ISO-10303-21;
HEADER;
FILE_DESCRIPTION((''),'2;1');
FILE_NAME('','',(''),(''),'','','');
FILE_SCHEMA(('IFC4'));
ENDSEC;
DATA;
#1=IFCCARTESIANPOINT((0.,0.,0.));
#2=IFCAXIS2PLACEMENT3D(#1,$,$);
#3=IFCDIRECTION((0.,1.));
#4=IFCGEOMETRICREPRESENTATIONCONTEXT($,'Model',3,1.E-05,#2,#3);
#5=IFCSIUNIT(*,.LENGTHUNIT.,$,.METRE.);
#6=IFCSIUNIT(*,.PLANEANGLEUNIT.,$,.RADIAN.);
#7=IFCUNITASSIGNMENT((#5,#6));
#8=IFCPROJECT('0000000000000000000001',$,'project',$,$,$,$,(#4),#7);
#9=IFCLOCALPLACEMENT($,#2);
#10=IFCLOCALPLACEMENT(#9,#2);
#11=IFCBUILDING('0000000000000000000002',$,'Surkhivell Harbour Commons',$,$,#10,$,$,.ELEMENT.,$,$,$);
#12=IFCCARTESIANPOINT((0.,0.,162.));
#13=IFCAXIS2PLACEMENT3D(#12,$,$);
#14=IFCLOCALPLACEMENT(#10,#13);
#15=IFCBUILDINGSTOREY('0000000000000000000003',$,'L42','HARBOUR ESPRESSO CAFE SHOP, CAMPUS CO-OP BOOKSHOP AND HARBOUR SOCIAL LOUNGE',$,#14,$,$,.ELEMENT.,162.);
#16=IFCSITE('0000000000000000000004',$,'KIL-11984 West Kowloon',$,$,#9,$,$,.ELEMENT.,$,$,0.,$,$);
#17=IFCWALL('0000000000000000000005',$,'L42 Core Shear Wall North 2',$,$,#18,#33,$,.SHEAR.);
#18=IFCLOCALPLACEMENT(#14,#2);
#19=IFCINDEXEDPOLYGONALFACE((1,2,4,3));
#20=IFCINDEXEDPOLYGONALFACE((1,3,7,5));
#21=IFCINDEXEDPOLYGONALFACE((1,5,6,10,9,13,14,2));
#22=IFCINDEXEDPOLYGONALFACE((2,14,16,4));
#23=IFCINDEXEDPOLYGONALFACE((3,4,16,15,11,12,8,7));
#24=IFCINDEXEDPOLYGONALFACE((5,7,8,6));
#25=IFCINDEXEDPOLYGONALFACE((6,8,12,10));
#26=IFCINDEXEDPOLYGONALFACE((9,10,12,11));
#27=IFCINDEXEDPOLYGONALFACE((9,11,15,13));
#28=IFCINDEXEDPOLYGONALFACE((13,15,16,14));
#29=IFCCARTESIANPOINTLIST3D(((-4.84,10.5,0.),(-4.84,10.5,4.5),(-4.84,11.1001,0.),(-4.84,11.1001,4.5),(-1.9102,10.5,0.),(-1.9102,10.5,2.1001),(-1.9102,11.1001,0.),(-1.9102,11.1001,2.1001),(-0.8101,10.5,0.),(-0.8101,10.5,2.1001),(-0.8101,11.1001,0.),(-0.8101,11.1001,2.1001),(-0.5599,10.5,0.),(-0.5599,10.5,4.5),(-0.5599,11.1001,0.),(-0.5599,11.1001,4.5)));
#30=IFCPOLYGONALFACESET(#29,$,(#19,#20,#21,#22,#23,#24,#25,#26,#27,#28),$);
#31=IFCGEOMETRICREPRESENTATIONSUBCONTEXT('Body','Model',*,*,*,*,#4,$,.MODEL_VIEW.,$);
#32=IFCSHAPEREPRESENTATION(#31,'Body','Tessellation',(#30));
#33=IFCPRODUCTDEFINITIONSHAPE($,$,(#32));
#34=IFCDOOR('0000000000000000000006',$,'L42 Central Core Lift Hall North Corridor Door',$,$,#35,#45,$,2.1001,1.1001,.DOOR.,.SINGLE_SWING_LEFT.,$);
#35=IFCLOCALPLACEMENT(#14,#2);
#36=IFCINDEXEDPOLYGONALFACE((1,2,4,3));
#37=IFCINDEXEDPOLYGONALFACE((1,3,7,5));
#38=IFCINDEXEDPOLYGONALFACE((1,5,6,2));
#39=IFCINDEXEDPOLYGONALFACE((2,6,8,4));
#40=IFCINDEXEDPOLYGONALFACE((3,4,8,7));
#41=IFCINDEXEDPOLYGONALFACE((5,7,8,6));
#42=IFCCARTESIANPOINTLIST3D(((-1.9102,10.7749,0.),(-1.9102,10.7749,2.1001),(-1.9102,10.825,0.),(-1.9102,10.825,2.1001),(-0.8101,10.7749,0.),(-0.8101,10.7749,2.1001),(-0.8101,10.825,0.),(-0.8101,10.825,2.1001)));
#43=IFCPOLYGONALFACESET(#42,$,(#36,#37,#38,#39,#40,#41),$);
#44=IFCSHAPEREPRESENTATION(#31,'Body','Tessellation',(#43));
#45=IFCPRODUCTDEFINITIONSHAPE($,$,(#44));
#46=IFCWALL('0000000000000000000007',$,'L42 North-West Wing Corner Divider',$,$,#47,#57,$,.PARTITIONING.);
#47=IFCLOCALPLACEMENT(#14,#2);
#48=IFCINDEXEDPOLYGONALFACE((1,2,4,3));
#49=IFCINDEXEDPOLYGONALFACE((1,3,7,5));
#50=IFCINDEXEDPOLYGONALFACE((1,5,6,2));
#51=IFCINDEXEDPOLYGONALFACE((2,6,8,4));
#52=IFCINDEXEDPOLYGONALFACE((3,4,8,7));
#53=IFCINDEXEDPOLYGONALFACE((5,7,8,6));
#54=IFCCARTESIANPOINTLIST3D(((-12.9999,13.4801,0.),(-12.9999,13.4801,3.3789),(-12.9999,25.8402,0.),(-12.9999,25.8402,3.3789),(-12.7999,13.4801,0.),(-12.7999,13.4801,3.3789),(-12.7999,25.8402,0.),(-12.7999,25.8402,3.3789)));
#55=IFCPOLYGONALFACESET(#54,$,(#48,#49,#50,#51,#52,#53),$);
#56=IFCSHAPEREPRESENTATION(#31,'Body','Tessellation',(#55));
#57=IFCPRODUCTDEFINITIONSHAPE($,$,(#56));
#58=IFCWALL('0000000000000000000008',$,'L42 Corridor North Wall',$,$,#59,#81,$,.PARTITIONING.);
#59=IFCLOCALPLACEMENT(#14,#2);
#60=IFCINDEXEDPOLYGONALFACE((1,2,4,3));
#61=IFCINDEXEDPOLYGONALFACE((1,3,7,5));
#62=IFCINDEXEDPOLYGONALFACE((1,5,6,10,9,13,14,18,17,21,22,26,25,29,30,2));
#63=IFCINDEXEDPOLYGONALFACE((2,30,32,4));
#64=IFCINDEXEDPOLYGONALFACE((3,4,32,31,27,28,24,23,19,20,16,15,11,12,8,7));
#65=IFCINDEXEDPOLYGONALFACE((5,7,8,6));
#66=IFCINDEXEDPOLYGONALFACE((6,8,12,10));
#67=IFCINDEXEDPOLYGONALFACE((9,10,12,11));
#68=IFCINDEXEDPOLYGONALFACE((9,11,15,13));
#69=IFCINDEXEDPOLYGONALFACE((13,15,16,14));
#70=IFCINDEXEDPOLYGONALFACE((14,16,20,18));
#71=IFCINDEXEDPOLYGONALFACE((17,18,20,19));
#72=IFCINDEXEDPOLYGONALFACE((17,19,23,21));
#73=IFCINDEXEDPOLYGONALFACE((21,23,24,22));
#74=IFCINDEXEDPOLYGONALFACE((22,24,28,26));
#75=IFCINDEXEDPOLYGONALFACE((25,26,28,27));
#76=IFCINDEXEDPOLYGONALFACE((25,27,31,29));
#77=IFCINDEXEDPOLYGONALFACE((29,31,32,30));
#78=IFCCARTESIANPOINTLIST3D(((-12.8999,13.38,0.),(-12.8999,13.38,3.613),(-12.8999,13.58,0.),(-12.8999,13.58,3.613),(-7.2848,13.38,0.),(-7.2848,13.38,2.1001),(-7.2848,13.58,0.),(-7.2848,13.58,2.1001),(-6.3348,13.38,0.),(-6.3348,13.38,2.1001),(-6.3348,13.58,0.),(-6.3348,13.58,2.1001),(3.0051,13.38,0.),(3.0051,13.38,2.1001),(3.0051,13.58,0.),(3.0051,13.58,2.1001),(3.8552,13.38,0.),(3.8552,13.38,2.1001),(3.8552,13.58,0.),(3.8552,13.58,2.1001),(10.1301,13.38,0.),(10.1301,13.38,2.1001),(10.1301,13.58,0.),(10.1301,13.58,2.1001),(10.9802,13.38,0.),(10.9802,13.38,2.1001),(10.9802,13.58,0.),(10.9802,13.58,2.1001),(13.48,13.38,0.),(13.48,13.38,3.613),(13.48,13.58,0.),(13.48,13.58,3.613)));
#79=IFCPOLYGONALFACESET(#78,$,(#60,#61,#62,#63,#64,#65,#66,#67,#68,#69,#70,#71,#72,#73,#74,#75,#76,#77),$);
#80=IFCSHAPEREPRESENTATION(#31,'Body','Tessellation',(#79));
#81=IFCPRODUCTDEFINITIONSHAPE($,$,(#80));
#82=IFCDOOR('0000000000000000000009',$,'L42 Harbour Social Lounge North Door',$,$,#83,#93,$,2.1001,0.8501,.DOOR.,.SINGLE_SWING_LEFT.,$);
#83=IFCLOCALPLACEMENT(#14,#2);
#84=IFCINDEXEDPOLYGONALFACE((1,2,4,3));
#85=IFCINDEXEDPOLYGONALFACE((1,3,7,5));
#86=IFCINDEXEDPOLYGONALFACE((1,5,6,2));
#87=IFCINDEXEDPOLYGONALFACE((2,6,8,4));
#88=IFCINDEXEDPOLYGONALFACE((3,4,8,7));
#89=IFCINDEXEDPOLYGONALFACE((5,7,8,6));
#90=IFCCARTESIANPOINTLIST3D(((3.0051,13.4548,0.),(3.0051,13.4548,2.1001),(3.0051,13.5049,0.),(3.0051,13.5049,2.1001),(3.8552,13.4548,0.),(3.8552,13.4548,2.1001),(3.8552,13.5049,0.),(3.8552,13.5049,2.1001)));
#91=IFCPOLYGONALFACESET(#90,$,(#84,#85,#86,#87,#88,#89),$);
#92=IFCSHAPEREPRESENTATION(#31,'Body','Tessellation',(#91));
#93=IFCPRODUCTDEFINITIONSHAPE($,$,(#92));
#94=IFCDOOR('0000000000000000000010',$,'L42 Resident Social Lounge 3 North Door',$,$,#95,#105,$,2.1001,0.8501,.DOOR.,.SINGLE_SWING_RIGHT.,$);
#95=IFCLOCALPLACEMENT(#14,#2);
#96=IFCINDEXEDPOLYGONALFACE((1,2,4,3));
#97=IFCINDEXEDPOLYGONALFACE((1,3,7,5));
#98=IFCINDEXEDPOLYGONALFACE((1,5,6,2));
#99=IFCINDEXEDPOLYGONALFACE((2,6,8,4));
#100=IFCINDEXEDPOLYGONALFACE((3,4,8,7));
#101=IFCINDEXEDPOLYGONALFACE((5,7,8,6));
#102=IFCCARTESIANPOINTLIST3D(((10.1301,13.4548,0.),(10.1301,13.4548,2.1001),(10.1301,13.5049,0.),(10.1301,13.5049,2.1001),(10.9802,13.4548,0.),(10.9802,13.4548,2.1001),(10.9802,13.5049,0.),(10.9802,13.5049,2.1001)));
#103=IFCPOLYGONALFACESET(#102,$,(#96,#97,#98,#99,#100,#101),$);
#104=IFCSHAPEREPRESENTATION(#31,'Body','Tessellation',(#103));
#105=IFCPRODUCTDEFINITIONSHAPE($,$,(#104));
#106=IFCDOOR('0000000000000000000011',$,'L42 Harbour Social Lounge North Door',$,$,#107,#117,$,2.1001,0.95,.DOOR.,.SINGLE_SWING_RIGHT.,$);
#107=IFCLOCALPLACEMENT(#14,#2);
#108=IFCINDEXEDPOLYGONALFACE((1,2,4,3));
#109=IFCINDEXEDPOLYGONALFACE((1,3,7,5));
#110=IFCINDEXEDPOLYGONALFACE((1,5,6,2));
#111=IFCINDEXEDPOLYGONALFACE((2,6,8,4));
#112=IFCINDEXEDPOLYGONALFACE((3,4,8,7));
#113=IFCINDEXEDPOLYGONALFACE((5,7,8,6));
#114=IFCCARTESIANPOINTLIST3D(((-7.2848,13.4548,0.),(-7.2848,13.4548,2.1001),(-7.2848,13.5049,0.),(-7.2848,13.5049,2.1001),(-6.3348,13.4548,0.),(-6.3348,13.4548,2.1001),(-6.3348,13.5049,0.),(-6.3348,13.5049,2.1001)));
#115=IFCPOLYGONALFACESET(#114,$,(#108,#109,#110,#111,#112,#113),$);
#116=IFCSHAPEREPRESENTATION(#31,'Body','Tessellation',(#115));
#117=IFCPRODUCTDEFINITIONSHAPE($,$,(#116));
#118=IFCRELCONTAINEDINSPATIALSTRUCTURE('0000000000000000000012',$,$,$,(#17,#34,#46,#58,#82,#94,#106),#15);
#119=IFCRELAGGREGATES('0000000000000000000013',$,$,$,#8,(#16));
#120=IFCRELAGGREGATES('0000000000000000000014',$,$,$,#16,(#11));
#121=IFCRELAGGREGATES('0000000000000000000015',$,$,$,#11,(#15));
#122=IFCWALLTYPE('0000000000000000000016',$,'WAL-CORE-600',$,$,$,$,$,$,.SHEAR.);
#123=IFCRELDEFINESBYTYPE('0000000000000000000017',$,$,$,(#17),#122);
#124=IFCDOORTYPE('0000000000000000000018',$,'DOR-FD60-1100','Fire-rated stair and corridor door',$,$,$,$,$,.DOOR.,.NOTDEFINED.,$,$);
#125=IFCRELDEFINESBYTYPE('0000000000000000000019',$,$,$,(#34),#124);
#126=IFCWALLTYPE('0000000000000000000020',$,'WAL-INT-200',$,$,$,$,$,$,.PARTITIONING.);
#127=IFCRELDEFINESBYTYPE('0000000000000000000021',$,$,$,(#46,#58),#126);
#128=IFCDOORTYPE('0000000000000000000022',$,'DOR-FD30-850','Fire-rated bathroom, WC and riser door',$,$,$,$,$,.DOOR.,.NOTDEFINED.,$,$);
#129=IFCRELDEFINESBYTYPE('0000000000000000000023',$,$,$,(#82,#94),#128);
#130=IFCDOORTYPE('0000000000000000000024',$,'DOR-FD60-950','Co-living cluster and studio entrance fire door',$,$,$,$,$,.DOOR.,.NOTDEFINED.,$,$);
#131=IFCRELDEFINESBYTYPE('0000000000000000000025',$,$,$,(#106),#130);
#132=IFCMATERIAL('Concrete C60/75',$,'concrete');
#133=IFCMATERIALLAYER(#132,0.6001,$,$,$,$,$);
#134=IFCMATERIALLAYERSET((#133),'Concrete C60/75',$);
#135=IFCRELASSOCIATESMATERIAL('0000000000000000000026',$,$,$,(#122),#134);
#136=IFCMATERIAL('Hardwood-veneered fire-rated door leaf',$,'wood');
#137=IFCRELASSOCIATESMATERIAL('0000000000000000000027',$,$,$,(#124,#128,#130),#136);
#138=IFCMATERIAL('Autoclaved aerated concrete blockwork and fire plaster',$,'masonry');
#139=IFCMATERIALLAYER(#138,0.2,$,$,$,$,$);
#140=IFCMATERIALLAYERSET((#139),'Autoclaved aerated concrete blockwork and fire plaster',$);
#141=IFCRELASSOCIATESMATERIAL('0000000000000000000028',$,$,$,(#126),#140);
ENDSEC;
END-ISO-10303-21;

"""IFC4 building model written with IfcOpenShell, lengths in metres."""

from ifc_helpers import new_model, si_unit, direction, frame, frame_2d, origin, place, context, subcontext, project, spatial, rectangle, extrude, material, layer, layer_set, type_object, element, fill, save


model = new_model("IFC4")

# Units and contexts
model_context = context("Model", 3, precision=1e-05, world=origin(), true_north=direction((0.0, 1.0)))
body_context = subcontext(model_context, "Body", "Model", "MODEL_VIEW")
ifc_project = project(units=[si_unit("LENGTHUNIT", "METRE"), si_unit("PLANEANGLEUNIT", "RADIAN")], contexts=[model_context])

# Site, building, storey
site_placement = place(None, origin())
site = spatial("IfcSite", under=ifc_project, at=site_placement, Name="KIL-11984 West Kowloon", CompositionType="ELEMENT", RefElevation=0.0)
building_placement = place(site_placement, origin())
building = spatial("IfcBuilding", under=site, at=building_placement, Name="Surkhivell Harbour Commons", CompositionType="ELEMENT")
storey_placement = place(building_placement, frame((0.0, 0.0, 162.0)))
storey = spatial("IfcBuildingStorey", under=building, at=storey_placement, Name="L42", Description="HARBOUR ESPRESSO CAFE SHOP, CAMPUS CO-OP BOOKSHOP AND HARBOUR SOCIAL LOUNGE", CompositionType="ELEMENT", Elevation=162.0)

# Shared definitions
ifc_material_1 = material(Name="Concrete C60/75", Category="concrete")

# Wall, opening, door
ifc_layer_1 = layer(ifc_material_1, 0.6001)
ifc_layer_set_1 = layer_set([ifc_layer_1], Name="Concrete C60/75")
wall_type_1 = type_object("IfcWallType", Name="WAL-CORE-600", PredefinedType="SHEAR", material=ifc_layer_set_1)
wall_1_placement = place(storey_placement, frame((-4.8401, 10.8, 0.0), z_axis=(0.0, 0.0, 1.0), x_axis=(1.0, 0.0, 0.0)))
wall_1 = element("IfcWall", 1, at=wall_1_placement, inside=storey, type_object=wall_type_1, Name="L42 Core Shear Wall North 2", PredefinedType="SHEAR", context=body_context, shape_type="SweptSolid", body=[
    extrude(rectangle(XDim=4.28, YDim=0.6001, at=frame_2d((2.1401, 0.0))), origin(), (0.0, 0.0, 1.0), 4.5),
])
opening_1_placement = place(wall_1_placement, frame((2.9299, 0.0, 0.0)))
opening_1 = element("IfcOpeningElement", 2, at=opening_1_placement, cuts=wall_1, PredefinedType="OPENING", context=body_context, shape_type="SweptSolid", body=[
    extrude(rectangle(XDim=1.1001, YDim=2.1001, at=frame_2d((0.55, 1.05))), frame((0.0, 0.3101, 0.0), z_axis=(0.0, -1.0, 0.0), x_axis=(1.0, 0.0, 0.0)), (0.0, 0.0, 1.0), 0.6201),
])
ifc_material_2 = material(Name="Hardwood-veneered fire-rated door leaf", Category="wood")
door_type_1 = type_object("IfcDoorType", Name="DOR-FD60-1100", Description="Fire-rated stair and corridor door", OperationType="NOTDEFINED", PredefinedType="DOOR", material=ifc_material_2)
door_1_placement = place(opening_1_placement, origin())
door_1 = element("IfcDoor", 3, at=door_1_placement, inside=storey, type_object=door_type_1, Name="L42 Central Core Lift Hall North Corridor Door", OperationType="SINGLE_SWING_LEFT", OverallHeight=2.1001, OverallWidth=1.1001, PredefinedType="DOOR", context=body_context, shape_type="SweptSolid", body=[
    extrude(rectangle(XDim=1.1001, YDim=2.1001, at=frame_2d((0.55, 1.05))), frame((0.0, 0.0249, 0.0), z_axis=(0.0, -1.0, 0.0), x_axis=(1.0, 0.0, 0.0)), (0.0, 0.0, 1.0), 0.05),
])
fill(opening_1, door_1)

# Wall
ifc_material_3 = material(Name="Autoclaved aerated concrete blockwork and fire plaster", Category="masonry")
ifc_layer_2 = layer(ifc_material_3, 0.2)
ifc_layer_set_2 = layer_set([ifc_layer_2], Name="Autoclaved aerated concrete blockwork and fire plaster")
wall_type_2 = type_object("IfcWallType", Name="WAL-INT-200", PredefinedType="PARTITIONING", material=ifc_layer_set_2)
wall_2_placement = place(storey_placement, frame((-12.8999, 13.48, 0.0), z_axis=(0.0, 0.0, 1.0), x_axis=(0.0, 1.0, 0.0)))
element("IfcWall", 4, at=wall_2_placement, inside=storey, type_object=wall_type_2, Name="L42 North-West Wing Corner Divider", PredefinedType="PARTITIONING", context=body_context, shape_type="SweptSolid", body=[
    extrude(rectangle(XDim=12.3601, YDim=0.2, at=frame_2d((6.1802, 0.0))), origin(), (0.0, 0.0, 1.0), 3.3789),
])

# Wall, openings, doors
wall_3_placement = place(storey_placement, frame((-12.8999, 13.48, 0.0), z_axis=(0.0, 0.0, 1.0), x_axis=(1.0, 0.0, 0.0)))
wall_3 = element("IfcWall", 5, at=wall_3_placement, inside=storey, type_object=wall_type_2, Name="L42 Corridor North Wall", PredefinedType="PARTITIONING", context=body_context, shape_type="SweptSolid", body=[
    extrude(rectangle(XDim=26.3799, YDim=0.2, at=frame_2d((13.1899, 0.0))), origin(), (0.0, 0.0, 1.0), 3.613),
])
opening_2_placement = place(wall_3_placement, frame((5.615, 0.0, 0.0)))
opening_2 = element("IfcOpeningElement", 6, at=opening_2_placement, cuts=wall_3, PredefinedType="OPENING", context=body_context, shape_type="SweptSolid", body=[
    extrude(rectangle(XDim=0.95, YDim=2.1001, at=frame_2d((0.4751, 1.05))), frame((0.0, 0.1099, 0.0), z_axis=(0.0, -1.0, 0.0), x_axis=(1.0, 0.0, 0.0)), (0.0, 0.0, 1.0), 0.22),
])
opening_3_placement = place(wall_3_placement, frame((15.905, 0.0, 0.0)))
opening_3 = element("IfcOpeningElement", 7, at=opening_3_placement, cuts=wall_3, PredefinedType="OPENING", context=body_context, shape_type="SweptSolid", body=[
    extrude(rectangle(XDim=0.8501, YDim=2.1001, at=frame_2d((0.425, 1.05))), frame((0.0, 0.1099, 0.0), z_axis=(0.0, -1.0, 0.0), x_axis=(1.0, 0.0, 0.0)), (0.0, 0.0, 1.0), 0.22),
])
opening_4_placement = place(wall_3_placement, frame((23.03, 0.0, 0.0)))
opening_4 = element("IfcOpeningElement", 8, at=opening_4_placement, cuts=wall_3, PredefinedType="OPENING", context=body_context, shape_type="SweptSolid", body=[
    extrude(rectangle(XDim=0.8501, YDim=2.1001, at=frame_2d((0.425, 1.05))), frame((0.0, 0.1099, 0.0), z_axis=(0.0, -1.0, 0.0), x_axis=(1.0, 0.0, 0.0)), (0.0, 0.0, 1.0), 0.22),
])
door_type_2 = type_object("IfcDoorType", Name="DOR-FD30-850", Description="Fire-rated bathroom, WC and riser door", OperationType="NOTDEFINED", PredefinedType="DOOR", material=ifc_material_2)
door_2_placement = place(opening_3_placement, origin())
door_2 = element("IfcDoor", 9, at=door_2_placement, inside=storey, type_object=door_type_2, Name="L42 Harbour Social Lounge North Door", OperationType="SINGLE_SWING_LEFT", OverallHeight=2.1001, OverallWidth=0.8501, PredefinedType="DOOR", context=body_context, shape_type="SweptSolid", body=[
    extrude(rectangle(XDim=0.8501, YDim=2.1001, at=frame_2d((0.425, 1.05))), frame((0.0, 0.0249, 0.0), z_axis=(0.0, -1.0, 0.0), x_axis=(1.0, 0.0, 0.0)), (0.0, 0.0, 1.0), 0.05),
])
fill(opening_3, door_2)
door_3_placement = place(opening_4_placement, origin())
door_3 = element("IfcDoor", 10, at=door_3_placement, inside=storey, type_object=door_type_2, Name="L42 Resident Social Lounge 3 North Door", OperationType="SINGLE_SWING_RIGHT", OverallHeight=2.1001, OverallWidth=0.8501, PredefinedType="DOOR", context=body_context, shape_type="SweptSolid", body=[
    extrude(rectangle(XDim=0.8501, YDim=2.1001, at=frame_2d((0.425, 1.05))), frame((0.0, 0.0249, 0.0), z_axis=(0.0, -1.0, 0.0), x_axis=(1.0, 0.0, 0.0)), (0.0, 0.0, 1.0), 0.05),
])
fill(opening_4, door_3)
door_type_3 = type_object("IfcDoorType", Name="DOR-FD60-950", Description="Co-living cluster and studio entrance fire door", OperationType="NOTDEFINED", PredefinedType="DOOR", material=ifc_material_2)
door_4_placement = place(opening_2_placement, origin())
door_4 = element("IfcDoor", 11, at=door_4_placement, inside=storey, type_object=door_type_3, Name="L42 Harbour Social Lounge North Door", OperationType="SINGLE_SWING_RIGHT", OverallHeight=2.1001, OverallWidth=0.95, PredefinedType="DOOR", context=body_context, shape_type="SweptSolid", body=[
    extrude(rectangle(XDim=0.95, YDim=2.1001, at=frame_2d((0.4751, 1.05))), frame((0.0, 0.0249, 0.0), z_axis=(0.0, -1.0, 0.0), x_axis=(1.0, 0.0, 0.0)), (0.0, 0.0, 1.0), 0.05),
])
fill(opening_2, door_4)

save(model, "model.ifc")
